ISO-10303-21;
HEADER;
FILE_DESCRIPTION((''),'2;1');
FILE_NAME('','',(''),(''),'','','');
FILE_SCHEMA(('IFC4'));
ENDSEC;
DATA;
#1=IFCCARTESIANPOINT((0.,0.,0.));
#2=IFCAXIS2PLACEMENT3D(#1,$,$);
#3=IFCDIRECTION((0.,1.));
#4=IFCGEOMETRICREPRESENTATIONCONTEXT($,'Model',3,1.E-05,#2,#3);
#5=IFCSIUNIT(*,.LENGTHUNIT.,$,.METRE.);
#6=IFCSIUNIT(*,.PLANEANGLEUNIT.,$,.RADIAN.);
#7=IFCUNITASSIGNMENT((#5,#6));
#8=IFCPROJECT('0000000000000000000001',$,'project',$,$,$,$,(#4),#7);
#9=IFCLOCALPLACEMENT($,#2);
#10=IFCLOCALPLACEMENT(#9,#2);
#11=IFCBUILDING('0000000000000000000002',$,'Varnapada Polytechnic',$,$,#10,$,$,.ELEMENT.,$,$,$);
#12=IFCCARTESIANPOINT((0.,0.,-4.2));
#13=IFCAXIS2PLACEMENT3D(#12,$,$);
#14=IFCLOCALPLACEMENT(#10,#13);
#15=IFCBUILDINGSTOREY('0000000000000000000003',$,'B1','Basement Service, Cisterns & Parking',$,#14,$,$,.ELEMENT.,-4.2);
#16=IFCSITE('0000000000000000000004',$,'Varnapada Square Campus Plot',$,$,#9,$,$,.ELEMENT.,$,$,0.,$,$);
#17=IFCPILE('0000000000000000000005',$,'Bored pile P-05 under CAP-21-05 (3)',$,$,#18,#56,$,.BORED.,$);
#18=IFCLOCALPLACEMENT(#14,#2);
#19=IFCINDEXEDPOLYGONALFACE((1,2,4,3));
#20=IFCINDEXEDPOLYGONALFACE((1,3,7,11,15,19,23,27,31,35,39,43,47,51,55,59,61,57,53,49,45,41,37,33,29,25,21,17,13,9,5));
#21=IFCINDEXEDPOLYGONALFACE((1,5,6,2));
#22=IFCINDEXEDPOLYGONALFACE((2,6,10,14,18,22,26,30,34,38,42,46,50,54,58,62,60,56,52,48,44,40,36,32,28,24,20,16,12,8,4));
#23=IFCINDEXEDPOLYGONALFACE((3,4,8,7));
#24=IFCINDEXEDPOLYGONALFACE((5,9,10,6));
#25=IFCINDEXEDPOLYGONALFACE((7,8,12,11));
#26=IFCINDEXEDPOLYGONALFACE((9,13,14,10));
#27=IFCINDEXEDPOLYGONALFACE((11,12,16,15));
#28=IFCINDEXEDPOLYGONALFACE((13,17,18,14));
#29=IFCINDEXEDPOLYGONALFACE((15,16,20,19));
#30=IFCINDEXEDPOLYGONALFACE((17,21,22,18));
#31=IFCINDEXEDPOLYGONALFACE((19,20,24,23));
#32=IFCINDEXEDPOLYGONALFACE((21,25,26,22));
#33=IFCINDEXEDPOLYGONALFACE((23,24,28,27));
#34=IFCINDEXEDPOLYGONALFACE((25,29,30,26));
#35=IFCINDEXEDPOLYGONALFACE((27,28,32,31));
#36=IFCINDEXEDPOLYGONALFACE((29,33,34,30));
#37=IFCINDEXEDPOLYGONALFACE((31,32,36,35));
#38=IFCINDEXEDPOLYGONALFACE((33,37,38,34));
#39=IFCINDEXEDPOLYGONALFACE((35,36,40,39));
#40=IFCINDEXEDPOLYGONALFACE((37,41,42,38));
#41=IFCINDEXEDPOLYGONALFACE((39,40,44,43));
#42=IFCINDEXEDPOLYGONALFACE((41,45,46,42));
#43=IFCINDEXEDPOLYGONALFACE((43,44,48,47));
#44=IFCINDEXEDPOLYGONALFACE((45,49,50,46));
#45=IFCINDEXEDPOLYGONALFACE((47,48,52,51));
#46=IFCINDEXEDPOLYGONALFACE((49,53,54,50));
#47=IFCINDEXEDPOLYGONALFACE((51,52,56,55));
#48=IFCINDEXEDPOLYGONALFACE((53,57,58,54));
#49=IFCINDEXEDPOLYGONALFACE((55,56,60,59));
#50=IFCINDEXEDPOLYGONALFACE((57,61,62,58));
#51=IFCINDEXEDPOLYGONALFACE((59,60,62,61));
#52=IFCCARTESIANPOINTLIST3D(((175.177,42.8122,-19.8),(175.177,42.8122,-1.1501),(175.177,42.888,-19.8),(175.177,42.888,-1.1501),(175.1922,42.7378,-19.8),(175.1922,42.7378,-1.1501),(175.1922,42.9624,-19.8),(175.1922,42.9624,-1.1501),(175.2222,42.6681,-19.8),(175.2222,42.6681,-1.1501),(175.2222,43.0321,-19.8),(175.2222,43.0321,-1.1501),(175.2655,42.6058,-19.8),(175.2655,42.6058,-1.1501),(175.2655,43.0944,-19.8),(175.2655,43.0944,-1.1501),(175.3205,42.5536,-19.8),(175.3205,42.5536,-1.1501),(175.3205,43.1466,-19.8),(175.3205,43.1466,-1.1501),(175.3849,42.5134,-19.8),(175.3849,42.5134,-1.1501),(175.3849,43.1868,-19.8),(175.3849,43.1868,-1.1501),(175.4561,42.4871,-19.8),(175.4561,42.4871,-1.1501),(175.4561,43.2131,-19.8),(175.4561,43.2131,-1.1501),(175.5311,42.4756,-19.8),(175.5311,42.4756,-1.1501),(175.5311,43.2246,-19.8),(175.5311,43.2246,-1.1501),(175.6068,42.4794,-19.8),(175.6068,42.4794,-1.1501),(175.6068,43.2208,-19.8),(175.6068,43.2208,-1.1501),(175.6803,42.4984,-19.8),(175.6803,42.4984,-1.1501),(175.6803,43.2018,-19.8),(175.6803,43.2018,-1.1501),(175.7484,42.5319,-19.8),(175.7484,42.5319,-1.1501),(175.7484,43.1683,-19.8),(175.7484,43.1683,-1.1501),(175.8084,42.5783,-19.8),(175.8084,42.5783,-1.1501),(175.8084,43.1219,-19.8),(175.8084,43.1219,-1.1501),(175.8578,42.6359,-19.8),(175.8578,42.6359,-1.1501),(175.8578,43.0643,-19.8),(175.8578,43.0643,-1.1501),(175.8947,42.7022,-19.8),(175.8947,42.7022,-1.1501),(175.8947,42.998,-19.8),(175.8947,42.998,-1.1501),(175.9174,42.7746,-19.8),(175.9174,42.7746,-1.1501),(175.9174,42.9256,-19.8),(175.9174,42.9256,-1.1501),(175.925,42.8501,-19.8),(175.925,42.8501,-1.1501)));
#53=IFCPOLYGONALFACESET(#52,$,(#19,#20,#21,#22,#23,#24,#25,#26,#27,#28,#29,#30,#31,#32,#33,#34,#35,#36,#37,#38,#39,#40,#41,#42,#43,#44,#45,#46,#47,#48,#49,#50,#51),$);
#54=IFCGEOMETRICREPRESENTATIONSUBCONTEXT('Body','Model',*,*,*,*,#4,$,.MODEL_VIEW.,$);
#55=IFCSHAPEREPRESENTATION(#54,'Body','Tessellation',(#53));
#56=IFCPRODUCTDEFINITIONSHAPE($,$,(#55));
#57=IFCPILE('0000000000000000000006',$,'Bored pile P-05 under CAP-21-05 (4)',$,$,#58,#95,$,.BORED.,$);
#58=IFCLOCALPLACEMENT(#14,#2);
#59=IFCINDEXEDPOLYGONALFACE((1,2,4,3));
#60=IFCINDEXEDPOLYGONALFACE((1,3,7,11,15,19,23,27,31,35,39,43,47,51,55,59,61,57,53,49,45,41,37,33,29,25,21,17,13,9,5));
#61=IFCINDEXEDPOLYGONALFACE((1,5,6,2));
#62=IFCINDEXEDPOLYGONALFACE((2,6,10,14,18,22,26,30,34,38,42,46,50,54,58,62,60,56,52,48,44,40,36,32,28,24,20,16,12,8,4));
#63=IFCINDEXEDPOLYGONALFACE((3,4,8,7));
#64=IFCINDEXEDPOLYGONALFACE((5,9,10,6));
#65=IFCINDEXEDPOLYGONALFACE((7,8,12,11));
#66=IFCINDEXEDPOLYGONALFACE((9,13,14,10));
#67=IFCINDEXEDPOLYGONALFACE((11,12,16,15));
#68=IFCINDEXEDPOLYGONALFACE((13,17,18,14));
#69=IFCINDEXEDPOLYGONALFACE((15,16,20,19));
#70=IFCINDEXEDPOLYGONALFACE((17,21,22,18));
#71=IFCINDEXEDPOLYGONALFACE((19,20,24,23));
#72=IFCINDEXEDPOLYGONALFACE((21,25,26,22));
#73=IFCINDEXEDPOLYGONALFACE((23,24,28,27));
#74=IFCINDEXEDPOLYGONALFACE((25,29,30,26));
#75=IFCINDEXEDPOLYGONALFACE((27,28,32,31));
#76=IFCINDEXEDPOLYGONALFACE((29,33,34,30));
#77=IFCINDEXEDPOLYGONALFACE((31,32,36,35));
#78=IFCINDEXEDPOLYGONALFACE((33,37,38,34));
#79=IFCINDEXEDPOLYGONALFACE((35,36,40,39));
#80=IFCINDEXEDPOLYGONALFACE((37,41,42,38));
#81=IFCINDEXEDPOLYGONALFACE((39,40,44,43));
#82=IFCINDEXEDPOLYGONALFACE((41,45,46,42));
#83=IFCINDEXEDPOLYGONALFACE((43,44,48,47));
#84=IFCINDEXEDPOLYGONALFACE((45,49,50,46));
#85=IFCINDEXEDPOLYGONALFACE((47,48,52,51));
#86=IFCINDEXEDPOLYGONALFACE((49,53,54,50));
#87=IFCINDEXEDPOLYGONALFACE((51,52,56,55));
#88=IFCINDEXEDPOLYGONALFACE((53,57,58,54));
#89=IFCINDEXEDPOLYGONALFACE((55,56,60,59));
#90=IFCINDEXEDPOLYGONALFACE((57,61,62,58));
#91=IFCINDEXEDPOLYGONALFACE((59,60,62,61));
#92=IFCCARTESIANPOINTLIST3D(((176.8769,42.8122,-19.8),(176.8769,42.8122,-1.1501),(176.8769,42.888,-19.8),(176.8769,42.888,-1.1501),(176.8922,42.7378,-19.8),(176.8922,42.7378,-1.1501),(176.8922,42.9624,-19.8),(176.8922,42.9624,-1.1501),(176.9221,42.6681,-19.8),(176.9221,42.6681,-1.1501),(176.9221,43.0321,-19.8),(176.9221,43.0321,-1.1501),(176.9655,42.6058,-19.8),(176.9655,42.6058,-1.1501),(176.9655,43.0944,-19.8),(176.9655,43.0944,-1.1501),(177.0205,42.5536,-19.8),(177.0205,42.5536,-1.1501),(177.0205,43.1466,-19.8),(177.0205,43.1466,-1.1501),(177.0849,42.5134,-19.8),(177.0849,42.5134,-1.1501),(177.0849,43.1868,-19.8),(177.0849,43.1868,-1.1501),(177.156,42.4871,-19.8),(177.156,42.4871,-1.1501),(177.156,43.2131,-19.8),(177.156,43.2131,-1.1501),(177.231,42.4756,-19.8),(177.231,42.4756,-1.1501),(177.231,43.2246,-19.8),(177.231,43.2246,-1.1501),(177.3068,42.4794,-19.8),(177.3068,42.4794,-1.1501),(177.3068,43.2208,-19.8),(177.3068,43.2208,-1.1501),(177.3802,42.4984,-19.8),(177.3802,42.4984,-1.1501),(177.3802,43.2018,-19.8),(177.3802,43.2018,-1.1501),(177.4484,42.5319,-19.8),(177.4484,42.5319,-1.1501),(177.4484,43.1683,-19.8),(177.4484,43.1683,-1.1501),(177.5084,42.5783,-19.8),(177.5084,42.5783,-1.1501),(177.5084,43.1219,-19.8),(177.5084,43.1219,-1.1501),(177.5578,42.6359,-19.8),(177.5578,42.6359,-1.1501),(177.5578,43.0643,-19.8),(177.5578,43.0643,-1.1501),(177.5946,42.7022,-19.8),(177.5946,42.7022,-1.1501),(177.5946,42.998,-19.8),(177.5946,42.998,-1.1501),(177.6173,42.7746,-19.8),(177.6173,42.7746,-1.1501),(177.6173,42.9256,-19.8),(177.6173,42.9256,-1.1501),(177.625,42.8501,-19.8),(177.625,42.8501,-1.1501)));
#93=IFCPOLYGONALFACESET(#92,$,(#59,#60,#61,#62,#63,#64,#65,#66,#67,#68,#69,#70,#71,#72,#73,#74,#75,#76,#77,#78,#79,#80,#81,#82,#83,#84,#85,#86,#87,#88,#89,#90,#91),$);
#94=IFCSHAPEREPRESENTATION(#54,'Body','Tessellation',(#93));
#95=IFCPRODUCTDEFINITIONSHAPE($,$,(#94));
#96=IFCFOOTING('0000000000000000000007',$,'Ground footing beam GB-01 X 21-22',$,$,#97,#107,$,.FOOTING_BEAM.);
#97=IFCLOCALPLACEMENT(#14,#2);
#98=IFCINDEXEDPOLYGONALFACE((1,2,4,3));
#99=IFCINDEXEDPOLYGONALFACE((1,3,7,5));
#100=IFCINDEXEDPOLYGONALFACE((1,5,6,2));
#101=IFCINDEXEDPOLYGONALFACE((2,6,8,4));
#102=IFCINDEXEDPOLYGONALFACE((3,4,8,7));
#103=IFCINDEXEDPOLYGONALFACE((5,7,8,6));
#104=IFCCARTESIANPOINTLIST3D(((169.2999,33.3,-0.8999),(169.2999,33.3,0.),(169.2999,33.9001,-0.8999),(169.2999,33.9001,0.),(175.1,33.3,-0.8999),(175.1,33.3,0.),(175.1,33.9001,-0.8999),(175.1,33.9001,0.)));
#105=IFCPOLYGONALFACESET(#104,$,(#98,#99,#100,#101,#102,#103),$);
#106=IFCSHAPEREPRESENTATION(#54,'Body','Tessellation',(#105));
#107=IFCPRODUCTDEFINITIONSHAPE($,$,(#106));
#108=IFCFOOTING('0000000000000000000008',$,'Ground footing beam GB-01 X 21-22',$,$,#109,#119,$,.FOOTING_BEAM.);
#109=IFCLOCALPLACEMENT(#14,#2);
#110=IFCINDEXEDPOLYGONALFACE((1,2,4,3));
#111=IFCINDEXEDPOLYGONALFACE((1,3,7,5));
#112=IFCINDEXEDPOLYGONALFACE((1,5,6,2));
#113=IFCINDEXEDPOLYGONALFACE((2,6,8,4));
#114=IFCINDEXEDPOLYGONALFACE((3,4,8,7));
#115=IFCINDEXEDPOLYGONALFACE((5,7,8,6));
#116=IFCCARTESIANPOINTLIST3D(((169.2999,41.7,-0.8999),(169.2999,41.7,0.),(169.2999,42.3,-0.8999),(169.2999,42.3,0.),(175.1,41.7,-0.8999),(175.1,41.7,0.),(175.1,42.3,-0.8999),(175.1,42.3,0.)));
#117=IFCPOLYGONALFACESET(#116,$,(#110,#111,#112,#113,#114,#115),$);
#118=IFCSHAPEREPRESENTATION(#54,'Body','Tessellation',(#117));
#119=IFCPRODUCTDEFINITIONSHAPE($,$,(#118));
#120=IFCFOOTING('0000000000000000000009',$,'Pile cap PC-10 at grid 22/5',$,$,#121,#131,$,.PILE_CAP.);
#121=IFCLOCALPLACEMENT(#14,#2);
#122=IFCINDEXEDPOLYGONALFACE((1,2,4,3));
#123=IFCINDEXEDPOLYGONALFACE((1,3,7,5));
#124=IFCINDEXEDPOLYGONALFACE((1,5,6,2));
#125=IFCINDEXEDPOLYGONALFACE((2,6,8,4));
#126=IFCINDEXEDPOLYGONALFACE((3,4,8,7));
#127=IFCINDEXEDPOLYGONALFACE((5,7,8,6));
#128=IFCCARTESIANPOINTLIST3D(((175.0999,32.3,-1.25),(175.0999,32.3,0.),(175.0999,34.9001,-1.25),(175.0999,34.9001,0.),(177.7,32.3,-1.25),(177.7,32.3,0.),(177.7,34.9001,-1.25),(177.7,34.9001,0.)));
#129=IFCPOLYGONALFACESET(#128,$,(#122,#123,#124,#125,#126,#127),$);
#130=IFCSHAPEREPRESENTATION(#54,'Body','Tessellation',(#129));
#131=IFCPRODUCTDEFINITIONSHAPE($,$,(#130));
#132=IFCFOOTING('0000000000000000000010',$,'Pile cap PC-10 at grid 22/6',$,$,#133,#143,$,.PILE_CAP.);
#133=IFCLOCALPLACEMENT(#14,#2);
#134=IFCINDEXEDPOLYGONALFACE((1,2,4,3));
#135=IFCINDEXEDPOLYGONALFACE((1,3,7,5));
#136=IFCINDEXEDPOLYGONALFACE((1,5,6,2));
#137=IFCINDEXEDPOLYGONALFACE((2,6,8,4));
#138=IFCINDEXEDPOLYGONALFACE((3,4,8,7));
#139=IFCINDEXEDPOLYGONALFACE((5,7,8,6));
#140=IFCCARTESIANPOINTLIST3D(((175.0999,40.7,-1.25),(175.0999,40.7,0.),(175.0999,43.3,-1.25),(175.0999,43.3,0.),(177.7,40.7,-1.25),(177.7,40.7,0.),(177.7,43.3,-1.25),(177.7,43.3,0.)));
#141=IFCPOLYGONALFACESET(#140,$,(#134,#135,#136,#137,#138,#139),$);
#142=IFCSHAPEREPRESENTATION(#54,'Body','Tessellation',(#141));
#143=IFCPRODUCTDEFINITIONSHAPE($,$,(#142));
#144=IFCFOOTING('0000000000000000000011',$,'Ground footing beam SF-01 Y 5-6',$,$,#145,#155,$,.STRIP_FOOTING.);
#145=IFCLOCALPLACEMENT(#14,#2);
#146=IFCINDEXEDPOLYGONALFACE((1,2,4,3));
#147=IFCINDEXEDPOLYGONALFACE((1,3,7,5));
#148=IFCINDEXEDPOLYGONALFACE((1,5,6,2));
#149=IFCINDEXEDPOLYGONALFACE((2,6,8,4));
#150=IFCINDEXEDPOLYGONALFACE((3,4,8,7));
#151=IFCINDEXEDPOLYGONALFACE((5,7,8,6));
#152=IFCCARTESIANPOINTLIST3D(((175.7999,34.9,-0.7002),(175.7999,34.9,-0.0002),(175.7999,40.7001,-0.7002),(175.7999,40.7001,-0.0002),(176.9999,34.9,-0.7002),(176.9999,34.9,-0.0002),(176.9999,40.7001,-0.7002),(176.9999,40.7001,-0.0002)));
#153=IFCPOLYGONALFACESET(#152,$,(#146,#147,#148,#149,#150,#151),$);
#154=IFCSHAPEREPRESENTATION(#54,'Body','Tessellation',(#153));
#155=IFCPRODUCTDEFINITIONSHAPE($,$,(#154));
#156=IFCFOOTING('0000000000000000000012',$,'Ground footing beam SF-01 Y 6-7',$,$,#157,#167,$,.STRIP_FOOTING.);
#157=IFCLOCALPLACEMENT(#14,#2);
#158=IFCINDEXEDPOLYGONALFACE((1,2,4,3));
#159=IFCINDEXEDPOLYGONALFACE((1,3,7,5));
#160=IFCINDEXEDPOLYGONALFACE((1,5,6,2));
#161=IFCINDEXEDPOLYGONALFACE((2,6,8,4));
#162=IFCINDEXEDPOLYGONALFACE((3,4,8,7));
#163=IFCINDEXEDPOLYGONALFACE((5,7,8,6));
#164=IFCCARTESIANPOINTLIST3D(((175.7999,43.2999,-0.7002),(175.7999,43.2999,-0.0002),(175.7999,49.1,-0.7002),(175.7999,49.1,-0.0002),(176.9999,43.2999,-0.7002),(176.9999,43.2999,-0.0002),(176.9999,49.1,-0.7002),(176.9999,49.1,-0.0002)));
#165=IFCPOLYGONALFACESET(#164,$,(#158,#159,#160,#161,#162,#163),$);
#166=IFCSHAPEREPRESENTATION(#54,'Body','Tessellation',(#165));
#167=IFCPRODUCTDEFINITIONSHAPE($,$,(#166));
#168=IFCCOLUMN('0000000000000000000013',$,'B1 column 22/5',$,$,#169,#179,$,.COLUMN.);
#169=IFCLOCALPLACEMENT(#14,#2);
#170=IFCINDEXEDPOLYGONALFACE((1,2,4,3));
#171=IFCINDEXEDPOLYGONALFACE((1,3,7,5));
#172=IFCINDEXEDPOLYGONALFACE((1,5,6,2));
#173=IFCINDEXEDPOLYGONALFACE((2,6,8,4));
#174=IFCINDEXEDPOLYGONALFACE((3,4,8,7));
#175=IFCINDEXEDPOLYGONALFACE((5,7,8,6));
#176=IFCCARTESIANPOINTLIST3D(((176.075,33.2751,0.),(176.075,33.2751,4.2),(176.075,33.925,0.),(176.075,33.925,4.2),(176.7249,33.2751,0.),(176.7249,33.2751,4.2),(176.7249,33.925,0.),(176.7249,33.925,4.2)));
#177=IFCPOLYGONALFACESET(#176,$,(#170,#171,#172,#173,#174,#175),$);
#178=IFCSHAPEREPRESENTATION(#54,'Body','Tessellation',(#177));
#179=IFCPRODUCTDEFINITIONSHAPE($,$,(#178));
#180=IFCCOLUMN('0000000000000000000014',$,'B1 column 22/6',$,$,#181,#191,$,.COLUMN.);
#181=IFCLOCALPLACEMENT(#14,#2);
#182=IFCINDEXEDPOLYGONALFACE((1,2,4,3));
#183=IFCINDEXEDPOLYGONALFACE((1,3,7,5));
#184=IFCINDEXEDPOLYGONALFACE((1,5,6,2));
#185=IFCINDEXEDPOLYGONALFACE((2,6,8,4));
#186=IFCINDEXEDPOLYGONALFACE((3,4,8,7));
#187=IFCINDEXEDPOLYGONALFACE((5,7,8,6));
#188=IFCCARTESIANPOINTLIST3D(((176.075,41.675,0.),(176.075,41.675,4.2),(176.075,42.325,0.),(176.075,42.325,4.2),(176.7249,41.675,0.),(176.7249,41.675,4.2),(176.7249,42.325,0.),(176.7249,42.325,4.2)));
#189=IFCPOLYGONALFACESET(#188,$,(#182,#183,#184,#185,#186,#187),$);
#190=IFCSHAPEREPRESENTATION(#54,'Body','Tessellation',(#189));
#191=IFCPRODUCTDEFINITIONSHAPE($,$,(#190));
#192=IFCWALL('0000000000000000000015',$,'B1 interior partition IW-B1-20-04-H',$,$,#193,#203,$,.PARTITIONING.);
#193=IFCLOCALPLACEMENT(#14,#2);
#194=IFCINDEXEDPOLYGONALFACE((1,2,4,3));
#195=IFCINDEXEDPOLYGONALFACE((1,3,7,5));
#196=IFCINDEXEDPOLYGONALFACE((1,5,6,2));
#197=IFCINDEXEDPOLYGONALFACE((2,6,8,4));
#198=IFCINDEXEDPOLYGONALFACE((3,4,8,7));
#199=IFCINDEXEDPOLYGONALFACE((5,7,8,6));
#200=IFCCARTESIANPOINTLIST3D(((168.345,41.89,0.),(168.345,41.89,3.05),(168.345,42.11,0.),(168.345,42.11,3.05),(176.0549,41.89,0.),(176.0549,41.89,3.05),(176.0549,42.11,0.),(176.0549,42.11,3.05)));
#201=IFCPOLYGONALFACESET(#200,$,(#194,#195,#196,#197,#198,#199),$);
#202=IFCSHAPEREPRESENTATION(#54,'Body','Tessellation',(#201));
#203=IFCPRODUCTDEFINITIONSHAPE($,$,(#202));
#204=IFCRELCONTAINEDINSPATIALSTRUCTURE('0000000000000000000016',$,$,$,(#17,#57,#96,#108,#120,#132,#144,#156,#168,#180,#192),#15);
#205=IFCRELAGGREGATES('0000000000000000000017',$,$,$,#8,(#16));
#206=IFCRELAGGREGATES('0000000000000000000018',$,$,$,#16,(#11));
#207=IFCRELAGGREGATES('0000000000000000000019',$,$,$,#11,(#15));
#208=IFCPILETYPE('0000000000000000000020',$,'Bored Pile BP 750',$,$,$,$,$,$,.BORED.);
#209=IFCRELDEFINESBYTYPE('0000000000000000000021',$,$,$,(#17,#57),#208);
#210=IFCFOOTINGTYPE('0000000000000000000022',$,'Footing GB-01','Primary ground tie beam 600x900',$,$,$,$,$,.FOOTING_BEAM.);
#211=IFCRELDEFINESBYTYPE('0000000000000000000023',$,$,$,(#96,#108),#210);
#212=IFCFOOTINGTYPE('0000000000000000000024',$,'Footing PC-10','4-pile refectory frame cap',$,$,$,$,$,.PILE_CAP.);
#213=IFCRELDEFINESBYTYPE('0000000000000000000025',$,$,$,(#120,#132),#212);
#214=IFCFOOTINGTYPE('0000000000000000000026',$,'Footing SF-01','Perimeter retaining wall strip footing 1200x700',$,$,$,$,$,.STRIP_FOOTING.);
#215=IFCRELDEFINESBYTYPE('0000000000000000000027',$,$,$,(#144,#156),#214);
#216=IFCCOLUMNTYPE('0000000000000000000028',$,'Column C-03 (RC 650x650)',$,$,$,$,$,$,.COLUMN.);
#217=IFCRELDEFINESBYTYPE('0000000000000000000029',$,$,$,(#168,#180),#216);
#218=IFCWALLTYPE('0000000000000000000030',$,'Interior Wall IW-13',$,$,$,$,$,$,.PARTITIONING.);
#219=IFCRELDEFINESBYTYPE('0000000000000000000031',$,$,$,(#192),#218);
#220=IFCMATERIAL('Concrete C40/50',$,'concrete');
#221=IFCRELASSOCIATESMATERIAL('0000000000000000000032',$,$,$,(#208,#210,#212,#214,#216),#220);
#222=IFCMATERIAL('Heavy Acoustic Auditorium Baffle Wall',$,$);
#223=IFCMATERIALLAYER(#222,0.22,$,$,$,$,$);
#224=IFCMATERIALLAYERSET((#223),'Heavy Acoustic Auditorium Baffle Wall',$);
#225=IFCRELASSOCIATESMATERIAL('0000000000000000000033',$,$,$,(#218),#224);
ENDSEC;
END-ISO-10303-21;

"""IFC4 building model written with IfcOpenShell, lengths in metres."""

from ifc_helpers import new_model, si_unit, direction, frame, frame_2d, origin, origin_2d, place, context, subcontext, project, spatial, rectangle, circle, extrude, material, layer, layer_set, material_profile, profile_set, type_object, element, save


model = new_model("IFC4")

# Units and contexts
model_context = context("Model", 3, precision=1e-05, world=origin(), true_north=direction((0.0, 1.0)))
body_context = subcontext(model_context, "Body", "Model", "MODEL_VIEW")
ifc_project = project(units=[si_unit("LENGTHUNIT", "METRE"), si_unit("PLANEANGLEUNIT", "RADIAN")], contexts=[model_context])

# Site, building, storey
site_placement = place(None, origin())
site = spatial("IfcSite", under=ifc_project, at=site_placement, Name="Varnapada Square Campus Plot", CompositionType="ELEMENT", RefElevation=0.0)
building_placement = place(site_placement, origin())
building = spatial("IfcBuilding", under=site, at=building_placement, Name="Varnapada Polytechnic", CompositionType="ELEMENT")
storey_placement = place(building_placement, frame((0.0, 0.0, -4.2)))
storey = spatial("IfcBuildingStorey", under=building, at=storey_placement, Name="B1", Description="Basement Service, Cisterns & Parking", CompositionType="ELEMENT", Elevation=-4.2)

# Piles
ifc_material_1 = material(Name="Concrete C40/50", Category="concrete")
ifc_material_profile_1 = material_profile(ifc_material_1, circle(Radius=0.375, at=origin_2d()), Name="BP 750")
ifc_profile_set_1 = profile_set([ifc_material_profile_1], Name="Concrete C40/50")
pile_type = type_object("IfcPileType", Name="Bored Pile BP 750", PredefinedType="BORED", material=ifc_profile_set_1)
for number, where, z_axis, x_axis, name in (
    (1, (175.55, 42.8501, -1.1501), (0.0, 0.0, -1.0), (1.0, 0.0, 0.0), "Bored pile P-05 under CAP-21-05 (3)"),
    (2, (177.25, 42.8501, -1.1501), (0.0, 0.0, -1.0), (1.0, 0.0, 0.0), "Bored pile P-05 under CAP-21-05 (4)"),
):
    element("IfcPile", number, at=place(storey_placement, frame(where, z_axis=z_axis, x_axis=x_axis)), inside=storey, type_object=pile_type, Name=name, PredefinedType="BORED", context=body_context, shape_type="SweptSolid", body=[
        extrude(circle(Radius=0.375, at=origin_2d()), origin(), (0.0, 0.0, 1.0), 18.6499),
    ])

# Footings
footing_type_1 = type_object("IfcFootingType", Name="Footing GB-01", Description="Primary ground tie beam 600x900", PredefinedType="FOOTING_BEAM", material=ifc_material_1)
for number, where, z_axis, x_axis, name in (
    (3, (172.2, 33.6001, -0.8999), (0.0, 0.0, 1.0), (1.0, 0.0, 0.0), "Ground footing beam GB-01 X 21-22"),
    (4, (172.2, 42.0, -0.8999), (0.0, 0.0, 1.0), (1.0, 0.0, 0.0), "Ground footing beam GB-01 X 21-22"),
):
    element("IfcFooting", number, at=place(storey_placement, frame(where, z_axis=z_axis, x_axis=x_axis)), inside=storey, type_object=footing_type_1, Name=name, PredefinedType="FOOTING_BEAM", context=body_context, shape_type="SweptSolid", body=[
        extrude(rectangle(XDim=5.8, YDim=0.6001, at=origin_2d()), origin(), (0.0, 0.0, 1.0), 0.8999),
    ])
footing_type_2 = type_object("IfcFootingType", Name="Footing PC-10", Description="4-pile refectory frame cap", PredefinedType="PILE_CAP", material=ifc_material_1)
for number, where, z_axis, x_axis, name in (
    (5, (176.3999, 33.6001, -1.25), (0.0, 0.0, 1.0), (1.0, 0.0, 0.0), "Pile cap PC-10 at grid 22/5"),
    (6, (176.3999, 42.0, -1.25), (0.0, 0.0, 1.0), (1.0, 0.0, 0.0), "Pile cap PC-10 at grid 22/6"),
):
    element("IfcFooting", number, at=place(storey_placement, frame(where, z_axis=z_axis, x_axis=x_axis)), inside=storey, type_object=footing_type_2, Name=name, PredefinedType="PILE_CAP", context=body_context, shape_type="SweptSolid", body=[
        extrude(rectangle(XDim=2.6001, YDim=2.6001, at=origin_2d()), origin(), (0.0, 0.0, 1.0), 1.25),
    ])
footing_type_3 = type_object("IfcFootingType", Name="Footing SF-01", Description="Perimeter retaining wall strip footing 1200x700", PredefinedType="STRIP_FOOTING", material=ifc_material_1)
for number, where, z_axis, x_axis, name in (
    (7, (176.3999, 37.8, -0.7002), (0.0, 0.0, 1.0), (0.0, 1.0, 0.0), "Ground footing beam SF-01 Y 5-6"),
    (8, (176.3999, 46.2, -0.7002), (0.0, 0.0, 1.0), (0.0, 1.0, 0.0), "Ground footing beam SF-01 Y 6-7"),
):
    element("IfcFooting", number, at=place(storey_placement, frame(where, z_axis=z_axis, x_axis=x_axis)), inside=storey, type_object=footing_type_3, Name=name, PredefinedType="STRIP_FOOTING", context=body_context, shape_type="SweptSolid", body=[
        extrude(rectangle(XDim=5.8, YDim=1.2, at=origin_2d()), origin(), (0.0, 0.0, 1.0), 0.7),
    ])

# Columns
ifc_material_profile_2 = material_profile(ifc_material_1, rectangle(XDim=0.6499, YDim=0.6499, at=origin_2d()), Name="RC 650x650")
ifc_profile_set_2 = profile_set([ifc_material_profile_2], Name="Concrete C40/50")
column_type = type_object("IfcColumnType", Name="Column C-03 (RC 650x650)", PredefinedType="COLUMN", material=ifc_profile_set_2)
for number, where, z_axis, x_axis, name in (
    (9, (176.3999, 33.6001, 0.0), (0.0, 0.0, 1.0), (1.0, 0.0, 0.0), "B1 column 22/5"),
    (10, (176.3999, 42.0, 0.0), (0.0, 0.0, 1.0), (1.0, 0.0, 0.0), "B1 column 22/6"),
):
    element("IfcColumn", number, at=place(storey_placement, frame(where, z_axis=z_axis, x_axis=x_axis)), inside=storey, type_object=column_type, Name=name, PredefinedType="COLUMN", context=body_context, shape_type="SweptSolid", body=[
        extrude(rectangle(XDim=0.6499, YDim=0.6499, at=origin_2d()), origin(), (0.0, 0.0, 1.0), 4.2),
    ])

# Wall
ifc_material_2 = material(Name="Heavy Acoustic Auditorium Baffle Wall")
ifc_layer_1 = layer(ifc_material_2, 0.22)
ifc_layer_set_1 = layer_set([ifc_layer_1], Name="Heavy Acoustic Auditorium Baffle Wall")
wall_type_1 = type_object("IfcWallType", Name="Interior Wall IW-13", PredefinedType="PARTITIONING", material=ifc_layer_set_1)
wall_placement = place(storey_placement, frame((168.345, 42.0, 0.0), z_axis=(0.0, 0.0, 1.0), x_axis=(1.0, 0.0, 0.0)))
element("IfcWall", 11, at=wall_placement, inside=storey, type_object=wall_type_1, Name="B1 interior partition IW-B1-20-04-H", PredefinedType="PARTITIONING", context=body_context, shape_type="SweptSolid", body=[
    extrude(rectangle(XDim=7.71, YDim=0.22, at=frame_2d((3.855, 0.0))), origin(), (0.0, 0.0, 1.0), 3.05),
])

save(model, "model.ifc")
